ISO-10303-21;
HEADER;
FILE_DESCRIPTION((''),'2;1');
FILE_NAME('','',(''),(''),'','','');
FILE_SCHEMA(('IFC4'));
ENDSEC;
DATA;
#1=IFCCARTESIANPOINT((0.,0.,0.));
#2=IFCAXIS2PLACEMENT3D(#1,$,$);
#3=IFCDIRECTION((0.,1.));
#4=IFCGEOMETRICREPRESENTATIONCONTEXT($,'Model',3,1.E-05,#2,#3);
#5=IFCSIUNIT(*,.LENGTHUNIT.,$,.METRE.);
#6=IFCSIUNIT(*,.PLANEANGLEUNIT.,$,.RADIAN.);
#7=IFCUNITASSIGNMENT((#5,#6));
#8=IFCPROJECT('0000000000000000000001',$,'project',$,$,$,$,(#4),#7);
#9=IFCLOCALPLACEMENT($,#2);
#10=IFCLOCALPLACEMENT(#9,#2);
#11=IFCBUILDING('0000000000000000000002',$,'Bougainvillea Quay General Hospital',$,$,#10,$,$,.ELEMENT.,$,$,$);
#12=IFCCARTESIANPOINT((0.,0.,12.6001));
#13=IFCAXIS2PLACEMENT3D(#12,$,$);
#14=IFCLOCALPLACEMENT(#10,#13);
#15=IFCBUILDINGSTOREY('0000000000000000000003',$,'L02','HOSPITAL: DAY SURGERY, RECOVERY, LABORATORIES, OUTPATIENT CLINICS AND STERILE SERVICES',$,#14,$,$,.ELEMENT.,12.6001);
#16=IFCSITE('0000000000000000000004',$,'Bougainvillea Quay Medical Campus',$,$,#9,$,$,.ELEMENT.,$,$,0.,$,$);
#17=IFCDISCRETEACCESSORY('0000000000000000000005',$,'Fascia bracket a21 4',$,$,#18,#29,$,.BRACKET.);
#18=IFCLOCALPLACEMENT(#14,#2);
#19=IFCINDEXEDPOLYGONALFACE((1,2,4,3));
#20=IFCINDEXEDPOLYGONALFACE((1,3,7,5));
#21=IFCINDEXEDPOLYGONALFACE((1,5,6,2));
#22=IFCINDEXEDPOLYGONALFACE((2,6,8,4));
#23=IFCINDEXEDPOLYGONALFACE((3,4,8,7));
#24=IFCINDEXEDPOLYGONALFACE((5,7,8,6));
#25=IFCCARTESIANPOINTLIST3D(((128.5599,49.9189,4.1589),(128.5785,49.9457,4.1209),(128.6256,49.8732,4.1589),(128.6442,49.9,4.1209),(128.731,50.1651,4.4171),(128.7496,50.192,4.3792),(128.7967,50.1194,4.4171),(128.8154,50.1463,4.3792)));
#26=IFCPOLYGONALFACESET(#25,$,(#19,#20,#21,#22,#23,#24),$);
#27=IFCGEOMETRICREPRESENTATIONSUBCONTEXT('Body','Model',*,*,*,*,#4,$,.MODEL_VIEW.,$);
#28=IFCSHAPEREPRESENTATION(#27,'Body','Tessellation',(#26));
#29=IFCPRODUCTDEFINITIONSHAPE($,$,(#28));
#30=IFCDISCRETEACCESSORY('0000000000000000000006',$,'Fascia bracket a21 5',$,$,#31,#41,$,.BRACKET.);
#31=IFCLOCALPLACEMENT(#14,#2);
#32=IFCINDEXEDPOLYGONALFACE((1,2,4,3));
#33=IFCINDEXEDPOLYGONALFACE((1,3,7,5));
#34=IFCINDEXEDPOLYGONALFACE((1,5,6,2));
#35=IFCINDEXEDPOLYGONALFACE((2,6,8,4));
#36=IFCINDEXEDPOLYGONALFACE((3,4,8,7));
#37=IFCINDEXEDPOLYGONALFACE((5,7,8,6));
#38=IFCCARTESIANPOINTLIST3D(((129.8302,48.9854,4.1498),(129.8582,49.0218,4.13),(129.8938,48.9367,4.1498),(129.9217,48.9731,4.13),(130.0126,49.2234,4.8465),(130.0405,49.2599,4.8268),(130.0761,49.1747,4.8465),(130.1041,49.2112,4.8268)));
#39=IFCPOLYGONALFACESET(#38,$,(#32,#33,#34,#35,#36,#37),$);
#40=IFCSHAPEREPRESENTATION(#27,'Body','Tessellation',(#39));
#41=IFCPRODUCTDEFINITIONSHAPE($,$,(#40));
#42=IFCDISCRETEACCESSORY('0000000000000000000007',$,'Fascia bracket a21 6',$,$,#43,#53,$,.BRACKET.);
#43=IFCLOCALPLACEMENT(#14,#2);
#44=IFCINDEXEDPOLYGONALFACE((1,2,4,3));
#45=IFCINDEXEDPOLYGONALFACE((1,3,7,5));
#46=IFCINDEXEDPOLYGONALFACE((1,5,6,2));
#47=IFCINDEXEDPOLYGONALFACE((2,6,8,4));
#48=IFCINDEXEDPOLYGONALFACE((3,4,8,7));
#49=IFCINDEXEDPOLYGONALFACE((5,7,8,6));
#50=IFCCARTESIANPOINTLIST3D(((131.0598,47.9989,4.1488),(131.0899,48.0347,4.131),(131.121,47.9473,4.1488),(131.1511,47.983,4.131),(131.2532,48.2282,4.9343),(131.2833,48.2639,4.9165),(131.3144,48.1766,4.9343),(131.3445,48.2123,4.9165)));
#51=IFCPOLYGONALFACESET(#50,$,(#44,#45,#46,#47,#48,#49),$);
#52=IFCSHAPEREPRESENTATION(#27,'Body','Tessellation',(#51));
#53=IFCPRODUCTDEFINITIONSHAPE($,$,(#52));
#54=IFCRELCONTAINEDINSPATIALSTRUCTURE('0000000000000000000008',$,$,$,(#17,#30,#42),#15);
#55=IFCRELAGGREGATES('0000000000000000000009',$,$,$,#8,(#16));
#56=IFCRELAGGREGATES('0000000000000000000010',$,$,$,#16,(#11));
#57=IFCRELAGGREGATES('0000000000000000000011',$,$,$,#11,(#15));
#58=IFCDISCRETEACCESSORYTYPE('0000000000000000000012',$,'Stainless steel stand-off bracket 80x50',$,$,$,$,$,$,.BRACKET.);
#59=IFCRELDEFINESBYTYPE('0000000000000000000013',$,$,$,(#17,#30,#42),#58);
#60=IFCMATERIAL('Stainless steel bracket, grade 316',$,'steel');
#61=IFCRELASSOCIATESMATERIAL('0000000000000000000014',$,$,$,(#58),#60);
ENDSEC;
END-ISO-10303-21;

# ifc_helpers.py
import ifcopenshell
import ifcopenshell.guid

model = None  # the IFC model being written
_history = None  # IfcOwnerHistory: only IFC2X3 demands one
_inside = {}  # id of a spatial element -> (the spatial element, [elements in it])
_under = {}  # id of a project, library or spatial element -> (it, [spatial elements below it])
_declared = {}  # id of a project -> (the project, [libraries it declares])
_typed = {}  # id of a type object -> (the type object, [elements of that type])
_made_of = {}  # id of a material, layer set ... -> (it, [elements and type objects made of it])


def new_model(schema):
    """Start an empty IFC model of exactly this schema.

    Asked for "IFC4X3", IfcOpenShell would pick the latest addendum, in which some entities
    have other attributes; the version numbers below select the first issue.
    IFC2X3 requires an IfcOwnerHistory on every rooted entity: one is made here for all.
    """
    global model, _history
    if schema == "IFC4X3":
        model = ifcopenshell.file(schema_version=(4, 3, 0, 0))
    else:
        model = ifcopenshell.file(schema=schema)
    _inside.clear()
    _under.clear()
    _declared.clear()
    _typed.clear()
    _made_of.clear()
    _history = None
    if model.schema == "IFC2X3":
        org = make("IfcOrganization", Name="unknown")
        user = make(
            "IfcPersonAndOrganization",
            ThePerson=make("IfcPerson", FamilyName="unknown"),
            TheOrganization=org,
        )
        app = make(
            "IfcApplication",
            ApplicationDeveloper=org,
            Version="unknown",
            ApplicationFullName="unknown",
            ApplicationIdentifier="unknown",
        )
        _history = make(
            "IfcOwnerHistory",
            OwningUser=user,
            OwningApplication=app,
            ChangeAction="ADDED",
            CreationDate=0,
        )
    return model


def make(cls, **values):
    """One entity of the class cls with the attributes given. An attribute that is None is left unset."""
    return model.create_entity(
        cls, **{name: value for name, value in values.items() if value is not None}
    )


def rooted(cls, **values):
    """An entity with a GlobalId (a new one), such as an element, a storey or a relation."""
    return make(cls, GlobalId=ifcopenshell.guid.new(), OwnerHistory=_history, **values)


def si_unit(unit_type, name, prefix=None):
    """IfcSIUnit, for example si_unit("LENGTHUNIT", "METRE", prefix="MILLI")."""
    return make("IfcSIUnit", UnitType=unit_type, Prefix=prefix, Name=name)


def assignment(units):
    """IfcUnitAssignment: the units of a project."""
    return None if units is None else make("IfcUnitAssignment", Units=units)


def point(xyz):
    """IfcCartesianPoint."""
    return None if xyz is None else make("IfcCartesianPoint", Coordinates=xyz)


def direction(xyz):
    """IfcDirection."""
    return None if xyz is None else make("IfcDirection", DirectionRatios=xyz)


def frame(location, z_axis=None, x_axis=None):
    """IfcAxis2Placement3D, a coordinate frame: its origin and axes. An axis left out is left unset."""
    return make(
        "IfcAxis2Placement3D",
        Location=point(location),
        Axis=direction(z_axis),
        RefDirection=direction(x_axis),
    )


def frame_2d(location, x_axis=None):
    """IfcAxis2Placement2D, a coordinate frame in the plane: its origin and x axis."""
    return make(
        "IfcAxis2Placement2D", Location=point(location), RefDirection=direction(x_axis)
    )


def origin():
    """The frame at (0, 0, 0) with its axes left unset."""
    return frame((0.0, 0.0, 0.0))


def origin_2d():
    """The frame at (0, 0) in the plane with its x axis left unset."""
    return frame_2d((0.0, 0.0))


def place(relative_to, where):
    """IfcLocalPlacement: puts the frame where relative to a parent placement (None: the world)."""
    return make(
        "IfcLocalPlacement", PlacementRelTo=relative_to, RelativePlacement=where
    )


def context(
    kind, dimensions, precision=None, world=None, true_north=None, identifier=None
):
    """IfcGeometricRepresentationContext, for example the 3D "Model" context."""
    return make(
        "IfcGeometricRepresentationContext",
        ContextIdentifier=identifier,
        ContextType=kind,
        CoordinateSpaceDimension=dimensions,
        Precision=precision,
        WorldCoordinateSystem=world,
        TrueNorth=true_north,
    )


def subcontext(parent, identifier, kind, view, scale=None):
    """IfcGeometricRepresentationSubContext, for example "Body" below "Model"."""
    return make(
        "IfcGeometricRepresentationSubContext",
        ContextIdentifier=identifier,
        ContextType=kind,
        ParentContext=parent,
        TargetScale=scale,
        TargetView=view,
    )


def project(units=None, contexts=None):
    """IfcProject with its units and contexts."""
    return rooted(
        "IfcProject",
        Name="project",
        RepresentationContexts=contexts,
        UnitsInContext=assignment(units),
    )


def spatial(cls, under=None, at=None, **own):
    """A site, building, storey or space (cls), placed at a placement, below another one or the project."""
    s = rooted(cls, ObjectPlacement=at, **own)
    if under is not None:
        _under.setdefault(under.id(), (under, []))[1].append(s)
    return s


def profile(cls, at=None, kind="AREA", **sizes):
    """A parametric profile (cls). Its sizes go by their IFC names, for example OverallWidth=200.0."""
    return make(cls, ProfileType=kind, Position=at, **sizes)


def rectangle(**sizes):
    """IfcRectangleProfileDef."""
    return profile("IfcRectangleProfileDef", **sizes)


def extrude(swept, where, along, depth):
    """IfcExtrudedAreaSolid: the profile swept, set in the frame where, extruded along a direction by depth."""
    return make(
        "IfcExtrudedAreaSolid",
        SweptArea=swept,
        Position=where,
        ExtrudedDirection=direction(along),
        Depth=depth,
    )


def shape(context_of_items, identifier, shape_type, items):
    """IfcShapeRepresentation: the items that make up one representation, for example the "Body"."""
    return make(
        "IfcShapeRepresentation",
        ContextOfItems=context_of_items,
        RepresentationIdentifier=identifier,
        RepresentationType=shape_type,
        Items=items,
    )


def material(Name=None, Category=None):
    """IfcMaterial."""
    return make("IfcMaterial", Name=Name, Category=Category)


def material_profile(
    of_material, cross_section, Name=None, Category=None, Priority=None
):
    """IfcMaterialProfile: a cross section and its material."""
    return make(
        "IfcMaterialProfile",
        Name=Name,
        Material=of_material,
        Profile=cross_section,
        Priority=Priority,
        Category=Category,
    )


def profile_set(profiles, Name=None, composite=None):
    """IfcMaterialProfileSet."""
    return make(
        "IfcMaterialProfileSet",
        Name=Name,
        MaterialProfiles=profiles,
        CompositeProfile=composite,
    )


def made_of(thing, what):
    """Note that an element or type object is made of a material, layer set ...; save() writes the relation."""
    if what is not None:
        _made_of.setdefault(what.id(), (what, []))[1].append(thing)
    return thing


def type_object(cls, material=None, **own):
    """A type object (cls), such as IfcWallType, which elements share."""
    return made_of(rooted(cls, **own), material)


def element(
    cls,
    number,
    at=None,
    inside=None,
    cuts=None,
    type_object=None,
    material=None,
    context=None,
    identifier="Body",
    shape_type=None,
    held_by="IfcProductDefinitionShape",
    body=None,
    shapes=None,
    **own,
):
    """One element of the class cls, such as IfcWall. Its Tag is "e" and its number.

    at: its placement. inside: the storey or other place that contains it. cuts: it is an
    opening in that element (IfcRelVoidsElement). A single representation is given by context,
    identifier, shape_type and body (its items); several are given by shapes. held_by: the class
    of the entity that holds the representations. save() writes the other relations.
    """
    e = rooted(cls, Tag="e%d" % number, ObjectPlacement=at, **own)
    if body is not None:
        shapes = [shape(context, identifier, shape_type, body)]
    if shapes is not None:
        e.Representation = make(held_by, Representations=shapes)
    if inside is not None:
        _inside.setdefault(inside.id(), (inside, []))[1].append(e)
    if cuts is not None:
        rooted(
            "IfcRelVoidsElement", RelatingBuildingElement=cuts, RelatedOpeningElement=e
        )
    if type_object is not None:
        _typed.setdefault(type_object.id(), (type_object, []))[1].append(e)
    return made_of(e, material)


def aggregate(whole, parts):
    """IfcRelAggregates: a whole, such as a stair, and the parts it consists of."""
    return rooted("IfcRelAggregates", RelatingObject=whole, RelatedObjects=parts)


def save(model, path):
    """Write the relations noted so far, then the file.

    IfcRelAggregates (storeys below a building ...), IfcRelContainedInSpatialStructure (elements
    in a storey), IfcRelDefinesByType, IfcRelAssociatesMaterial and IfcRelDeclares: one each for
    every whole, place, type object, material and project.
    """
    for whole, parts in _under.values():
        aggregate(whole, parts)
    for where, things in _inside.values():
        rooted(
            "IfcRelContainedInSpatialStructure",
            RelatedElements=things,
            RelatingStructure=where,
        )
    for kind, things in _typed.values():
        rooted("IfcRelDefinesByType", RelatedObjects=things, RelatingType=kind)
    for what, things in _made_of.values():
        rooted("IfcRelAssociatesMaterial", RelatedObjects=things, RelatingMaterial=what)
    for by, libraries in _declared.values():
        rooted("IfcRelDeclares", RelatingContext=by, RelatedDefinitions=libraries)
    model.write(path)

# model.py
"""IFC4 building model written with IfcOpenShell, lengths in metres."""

from ifc_helpers import new_model, si_unit, direction, frame, origin, origin_2d, place, context, subcontext, project, spatial, rectangle, extrude, material, material_profile, profile_set, type_object, element, save


model = new_model("IFC4")

# Units and contexts
model_context = context("Model", 3, precision=1e-05, world=origin(), true_north=direction((0.0, 1.0)))
body_context = subcontext(model_context, "Body", "Model", "MODEL_VIEW")
ifc_project = project(units=[si_unit("LENGTHUNIT", "METRE"), si_unit("PLANEANGLEUNIT", "RADIAN")], contexts=[model_context])

# Site, building, storey
site_placement = place(None, origin())
site = spatial("IfcSite", under=ifc_project, at=site_placement, Name="Bougainvillea Quay Medical Campus", CompositionType="ELEMENT", RefElevation=0.0)
building_placement = place(site_placement, origin())
building = spatial("IfcBuilding", under=site, at=building_placement, Name="Bougainvillea Quay General Hospital", CompositionType="ELEMENT")
storey_placement = place(building_placement, frame((0.0, 0.0, 12.6001)))
storey = spatial("IfcBuildingStorey", under=building, at=storey_placement, Name="L02", Description="HOSPITAL: DAY SURGERY, RECOVERY, LABORATORIES, OUTPATIENT CLINICS AND STERILE SERVICES", CompositionType="ELEMENT", Elevation=12.6001)

# Discrete accessories
ifc_material_1 = material(Name="Stainless steel bracket, grade 316", Category="steel")
ifc_material_profile_1 = material_profile(ifc_material_1, rectangle(XDim=0.0801, YDim=0.05, at=origin_2d()))
ifc_profile_set_1 = profile_set([ifc_material_profile_1], Name="Stainless steel bracket, grade 316")
discrete_accessory_type = type_object("IfcDiscreteAccessoryType", Name="Stainless steel stand-off bracket 80x50", PredefinedType="BRACKET", material=ifc_profile_set_1)
discrete_accessory_1_placement = place(storey_placement, frame((128.6021, 49.9094, 4.1399), z_axis=(0.43235, 0.622313, 0.652534), x_axis=(-0.821253, 0.570564, 0.0)))
element("IfcDiscreteAccessory", 1, at=discrete_accessory_1_placement, inside=storey, type_object=discrete_accessory_type, Name="Fascia bracket a21 4", PredefinedType="BRACKET", context=body_context, shape_type="SweptSolid", body=[
    extrude(rectangle(XDim=0.0801, YDim=0.05, at=origin_2d()), origin(), (0.0, 0.0, 1.0), 0.3958),
])
discrete_accessory_2_placement = place(storey_placement, frame((129.876, 48.9792, 4.1399), z_axis=(0.240419, 0.313799, 0.918547), x_axis=(-0.793803, 0.608175, 0.0)))
element("IfcDiscreteAccessory", 2, at=discrete_accessory_2_placement, inside=storey, type_object=discrete_accessory_type, Name="Fascia bracket a21 5", PredefinedType="BRACKET", context=body_context, shape_type="SweptSolid", body=[
    extrude(rectangle(XDim=0.0801, YDim=0.05, at=origin_2d()), origin(), (0.0, 0.0, 1.0), 0.7585),
])
discrete_accessory_3_placement = place(storey_placement, frame((131.1055, 47.991, 4.1399), z_axis=(0.229995, 0.272683, 0.934209), x_axis=(-0.764404, 0.644737, 0.0)))
element("IfcDiscreteAccessory", 3, at=discrete_accessory_3_placement, inside=storey, type_object=discrete_accessory_type, Name="Fascia bracket a21 6", PredefinedType="BRACKET", context=body_context, shape_type="SweptSolid", body=[
    extrude(rectangle(XDim=0.0801, YDim=0.05, at=origin_2d()), origin(), (0.0, 0.0, 1.0), 0.8408),
])

save(model, "model.ifc")
